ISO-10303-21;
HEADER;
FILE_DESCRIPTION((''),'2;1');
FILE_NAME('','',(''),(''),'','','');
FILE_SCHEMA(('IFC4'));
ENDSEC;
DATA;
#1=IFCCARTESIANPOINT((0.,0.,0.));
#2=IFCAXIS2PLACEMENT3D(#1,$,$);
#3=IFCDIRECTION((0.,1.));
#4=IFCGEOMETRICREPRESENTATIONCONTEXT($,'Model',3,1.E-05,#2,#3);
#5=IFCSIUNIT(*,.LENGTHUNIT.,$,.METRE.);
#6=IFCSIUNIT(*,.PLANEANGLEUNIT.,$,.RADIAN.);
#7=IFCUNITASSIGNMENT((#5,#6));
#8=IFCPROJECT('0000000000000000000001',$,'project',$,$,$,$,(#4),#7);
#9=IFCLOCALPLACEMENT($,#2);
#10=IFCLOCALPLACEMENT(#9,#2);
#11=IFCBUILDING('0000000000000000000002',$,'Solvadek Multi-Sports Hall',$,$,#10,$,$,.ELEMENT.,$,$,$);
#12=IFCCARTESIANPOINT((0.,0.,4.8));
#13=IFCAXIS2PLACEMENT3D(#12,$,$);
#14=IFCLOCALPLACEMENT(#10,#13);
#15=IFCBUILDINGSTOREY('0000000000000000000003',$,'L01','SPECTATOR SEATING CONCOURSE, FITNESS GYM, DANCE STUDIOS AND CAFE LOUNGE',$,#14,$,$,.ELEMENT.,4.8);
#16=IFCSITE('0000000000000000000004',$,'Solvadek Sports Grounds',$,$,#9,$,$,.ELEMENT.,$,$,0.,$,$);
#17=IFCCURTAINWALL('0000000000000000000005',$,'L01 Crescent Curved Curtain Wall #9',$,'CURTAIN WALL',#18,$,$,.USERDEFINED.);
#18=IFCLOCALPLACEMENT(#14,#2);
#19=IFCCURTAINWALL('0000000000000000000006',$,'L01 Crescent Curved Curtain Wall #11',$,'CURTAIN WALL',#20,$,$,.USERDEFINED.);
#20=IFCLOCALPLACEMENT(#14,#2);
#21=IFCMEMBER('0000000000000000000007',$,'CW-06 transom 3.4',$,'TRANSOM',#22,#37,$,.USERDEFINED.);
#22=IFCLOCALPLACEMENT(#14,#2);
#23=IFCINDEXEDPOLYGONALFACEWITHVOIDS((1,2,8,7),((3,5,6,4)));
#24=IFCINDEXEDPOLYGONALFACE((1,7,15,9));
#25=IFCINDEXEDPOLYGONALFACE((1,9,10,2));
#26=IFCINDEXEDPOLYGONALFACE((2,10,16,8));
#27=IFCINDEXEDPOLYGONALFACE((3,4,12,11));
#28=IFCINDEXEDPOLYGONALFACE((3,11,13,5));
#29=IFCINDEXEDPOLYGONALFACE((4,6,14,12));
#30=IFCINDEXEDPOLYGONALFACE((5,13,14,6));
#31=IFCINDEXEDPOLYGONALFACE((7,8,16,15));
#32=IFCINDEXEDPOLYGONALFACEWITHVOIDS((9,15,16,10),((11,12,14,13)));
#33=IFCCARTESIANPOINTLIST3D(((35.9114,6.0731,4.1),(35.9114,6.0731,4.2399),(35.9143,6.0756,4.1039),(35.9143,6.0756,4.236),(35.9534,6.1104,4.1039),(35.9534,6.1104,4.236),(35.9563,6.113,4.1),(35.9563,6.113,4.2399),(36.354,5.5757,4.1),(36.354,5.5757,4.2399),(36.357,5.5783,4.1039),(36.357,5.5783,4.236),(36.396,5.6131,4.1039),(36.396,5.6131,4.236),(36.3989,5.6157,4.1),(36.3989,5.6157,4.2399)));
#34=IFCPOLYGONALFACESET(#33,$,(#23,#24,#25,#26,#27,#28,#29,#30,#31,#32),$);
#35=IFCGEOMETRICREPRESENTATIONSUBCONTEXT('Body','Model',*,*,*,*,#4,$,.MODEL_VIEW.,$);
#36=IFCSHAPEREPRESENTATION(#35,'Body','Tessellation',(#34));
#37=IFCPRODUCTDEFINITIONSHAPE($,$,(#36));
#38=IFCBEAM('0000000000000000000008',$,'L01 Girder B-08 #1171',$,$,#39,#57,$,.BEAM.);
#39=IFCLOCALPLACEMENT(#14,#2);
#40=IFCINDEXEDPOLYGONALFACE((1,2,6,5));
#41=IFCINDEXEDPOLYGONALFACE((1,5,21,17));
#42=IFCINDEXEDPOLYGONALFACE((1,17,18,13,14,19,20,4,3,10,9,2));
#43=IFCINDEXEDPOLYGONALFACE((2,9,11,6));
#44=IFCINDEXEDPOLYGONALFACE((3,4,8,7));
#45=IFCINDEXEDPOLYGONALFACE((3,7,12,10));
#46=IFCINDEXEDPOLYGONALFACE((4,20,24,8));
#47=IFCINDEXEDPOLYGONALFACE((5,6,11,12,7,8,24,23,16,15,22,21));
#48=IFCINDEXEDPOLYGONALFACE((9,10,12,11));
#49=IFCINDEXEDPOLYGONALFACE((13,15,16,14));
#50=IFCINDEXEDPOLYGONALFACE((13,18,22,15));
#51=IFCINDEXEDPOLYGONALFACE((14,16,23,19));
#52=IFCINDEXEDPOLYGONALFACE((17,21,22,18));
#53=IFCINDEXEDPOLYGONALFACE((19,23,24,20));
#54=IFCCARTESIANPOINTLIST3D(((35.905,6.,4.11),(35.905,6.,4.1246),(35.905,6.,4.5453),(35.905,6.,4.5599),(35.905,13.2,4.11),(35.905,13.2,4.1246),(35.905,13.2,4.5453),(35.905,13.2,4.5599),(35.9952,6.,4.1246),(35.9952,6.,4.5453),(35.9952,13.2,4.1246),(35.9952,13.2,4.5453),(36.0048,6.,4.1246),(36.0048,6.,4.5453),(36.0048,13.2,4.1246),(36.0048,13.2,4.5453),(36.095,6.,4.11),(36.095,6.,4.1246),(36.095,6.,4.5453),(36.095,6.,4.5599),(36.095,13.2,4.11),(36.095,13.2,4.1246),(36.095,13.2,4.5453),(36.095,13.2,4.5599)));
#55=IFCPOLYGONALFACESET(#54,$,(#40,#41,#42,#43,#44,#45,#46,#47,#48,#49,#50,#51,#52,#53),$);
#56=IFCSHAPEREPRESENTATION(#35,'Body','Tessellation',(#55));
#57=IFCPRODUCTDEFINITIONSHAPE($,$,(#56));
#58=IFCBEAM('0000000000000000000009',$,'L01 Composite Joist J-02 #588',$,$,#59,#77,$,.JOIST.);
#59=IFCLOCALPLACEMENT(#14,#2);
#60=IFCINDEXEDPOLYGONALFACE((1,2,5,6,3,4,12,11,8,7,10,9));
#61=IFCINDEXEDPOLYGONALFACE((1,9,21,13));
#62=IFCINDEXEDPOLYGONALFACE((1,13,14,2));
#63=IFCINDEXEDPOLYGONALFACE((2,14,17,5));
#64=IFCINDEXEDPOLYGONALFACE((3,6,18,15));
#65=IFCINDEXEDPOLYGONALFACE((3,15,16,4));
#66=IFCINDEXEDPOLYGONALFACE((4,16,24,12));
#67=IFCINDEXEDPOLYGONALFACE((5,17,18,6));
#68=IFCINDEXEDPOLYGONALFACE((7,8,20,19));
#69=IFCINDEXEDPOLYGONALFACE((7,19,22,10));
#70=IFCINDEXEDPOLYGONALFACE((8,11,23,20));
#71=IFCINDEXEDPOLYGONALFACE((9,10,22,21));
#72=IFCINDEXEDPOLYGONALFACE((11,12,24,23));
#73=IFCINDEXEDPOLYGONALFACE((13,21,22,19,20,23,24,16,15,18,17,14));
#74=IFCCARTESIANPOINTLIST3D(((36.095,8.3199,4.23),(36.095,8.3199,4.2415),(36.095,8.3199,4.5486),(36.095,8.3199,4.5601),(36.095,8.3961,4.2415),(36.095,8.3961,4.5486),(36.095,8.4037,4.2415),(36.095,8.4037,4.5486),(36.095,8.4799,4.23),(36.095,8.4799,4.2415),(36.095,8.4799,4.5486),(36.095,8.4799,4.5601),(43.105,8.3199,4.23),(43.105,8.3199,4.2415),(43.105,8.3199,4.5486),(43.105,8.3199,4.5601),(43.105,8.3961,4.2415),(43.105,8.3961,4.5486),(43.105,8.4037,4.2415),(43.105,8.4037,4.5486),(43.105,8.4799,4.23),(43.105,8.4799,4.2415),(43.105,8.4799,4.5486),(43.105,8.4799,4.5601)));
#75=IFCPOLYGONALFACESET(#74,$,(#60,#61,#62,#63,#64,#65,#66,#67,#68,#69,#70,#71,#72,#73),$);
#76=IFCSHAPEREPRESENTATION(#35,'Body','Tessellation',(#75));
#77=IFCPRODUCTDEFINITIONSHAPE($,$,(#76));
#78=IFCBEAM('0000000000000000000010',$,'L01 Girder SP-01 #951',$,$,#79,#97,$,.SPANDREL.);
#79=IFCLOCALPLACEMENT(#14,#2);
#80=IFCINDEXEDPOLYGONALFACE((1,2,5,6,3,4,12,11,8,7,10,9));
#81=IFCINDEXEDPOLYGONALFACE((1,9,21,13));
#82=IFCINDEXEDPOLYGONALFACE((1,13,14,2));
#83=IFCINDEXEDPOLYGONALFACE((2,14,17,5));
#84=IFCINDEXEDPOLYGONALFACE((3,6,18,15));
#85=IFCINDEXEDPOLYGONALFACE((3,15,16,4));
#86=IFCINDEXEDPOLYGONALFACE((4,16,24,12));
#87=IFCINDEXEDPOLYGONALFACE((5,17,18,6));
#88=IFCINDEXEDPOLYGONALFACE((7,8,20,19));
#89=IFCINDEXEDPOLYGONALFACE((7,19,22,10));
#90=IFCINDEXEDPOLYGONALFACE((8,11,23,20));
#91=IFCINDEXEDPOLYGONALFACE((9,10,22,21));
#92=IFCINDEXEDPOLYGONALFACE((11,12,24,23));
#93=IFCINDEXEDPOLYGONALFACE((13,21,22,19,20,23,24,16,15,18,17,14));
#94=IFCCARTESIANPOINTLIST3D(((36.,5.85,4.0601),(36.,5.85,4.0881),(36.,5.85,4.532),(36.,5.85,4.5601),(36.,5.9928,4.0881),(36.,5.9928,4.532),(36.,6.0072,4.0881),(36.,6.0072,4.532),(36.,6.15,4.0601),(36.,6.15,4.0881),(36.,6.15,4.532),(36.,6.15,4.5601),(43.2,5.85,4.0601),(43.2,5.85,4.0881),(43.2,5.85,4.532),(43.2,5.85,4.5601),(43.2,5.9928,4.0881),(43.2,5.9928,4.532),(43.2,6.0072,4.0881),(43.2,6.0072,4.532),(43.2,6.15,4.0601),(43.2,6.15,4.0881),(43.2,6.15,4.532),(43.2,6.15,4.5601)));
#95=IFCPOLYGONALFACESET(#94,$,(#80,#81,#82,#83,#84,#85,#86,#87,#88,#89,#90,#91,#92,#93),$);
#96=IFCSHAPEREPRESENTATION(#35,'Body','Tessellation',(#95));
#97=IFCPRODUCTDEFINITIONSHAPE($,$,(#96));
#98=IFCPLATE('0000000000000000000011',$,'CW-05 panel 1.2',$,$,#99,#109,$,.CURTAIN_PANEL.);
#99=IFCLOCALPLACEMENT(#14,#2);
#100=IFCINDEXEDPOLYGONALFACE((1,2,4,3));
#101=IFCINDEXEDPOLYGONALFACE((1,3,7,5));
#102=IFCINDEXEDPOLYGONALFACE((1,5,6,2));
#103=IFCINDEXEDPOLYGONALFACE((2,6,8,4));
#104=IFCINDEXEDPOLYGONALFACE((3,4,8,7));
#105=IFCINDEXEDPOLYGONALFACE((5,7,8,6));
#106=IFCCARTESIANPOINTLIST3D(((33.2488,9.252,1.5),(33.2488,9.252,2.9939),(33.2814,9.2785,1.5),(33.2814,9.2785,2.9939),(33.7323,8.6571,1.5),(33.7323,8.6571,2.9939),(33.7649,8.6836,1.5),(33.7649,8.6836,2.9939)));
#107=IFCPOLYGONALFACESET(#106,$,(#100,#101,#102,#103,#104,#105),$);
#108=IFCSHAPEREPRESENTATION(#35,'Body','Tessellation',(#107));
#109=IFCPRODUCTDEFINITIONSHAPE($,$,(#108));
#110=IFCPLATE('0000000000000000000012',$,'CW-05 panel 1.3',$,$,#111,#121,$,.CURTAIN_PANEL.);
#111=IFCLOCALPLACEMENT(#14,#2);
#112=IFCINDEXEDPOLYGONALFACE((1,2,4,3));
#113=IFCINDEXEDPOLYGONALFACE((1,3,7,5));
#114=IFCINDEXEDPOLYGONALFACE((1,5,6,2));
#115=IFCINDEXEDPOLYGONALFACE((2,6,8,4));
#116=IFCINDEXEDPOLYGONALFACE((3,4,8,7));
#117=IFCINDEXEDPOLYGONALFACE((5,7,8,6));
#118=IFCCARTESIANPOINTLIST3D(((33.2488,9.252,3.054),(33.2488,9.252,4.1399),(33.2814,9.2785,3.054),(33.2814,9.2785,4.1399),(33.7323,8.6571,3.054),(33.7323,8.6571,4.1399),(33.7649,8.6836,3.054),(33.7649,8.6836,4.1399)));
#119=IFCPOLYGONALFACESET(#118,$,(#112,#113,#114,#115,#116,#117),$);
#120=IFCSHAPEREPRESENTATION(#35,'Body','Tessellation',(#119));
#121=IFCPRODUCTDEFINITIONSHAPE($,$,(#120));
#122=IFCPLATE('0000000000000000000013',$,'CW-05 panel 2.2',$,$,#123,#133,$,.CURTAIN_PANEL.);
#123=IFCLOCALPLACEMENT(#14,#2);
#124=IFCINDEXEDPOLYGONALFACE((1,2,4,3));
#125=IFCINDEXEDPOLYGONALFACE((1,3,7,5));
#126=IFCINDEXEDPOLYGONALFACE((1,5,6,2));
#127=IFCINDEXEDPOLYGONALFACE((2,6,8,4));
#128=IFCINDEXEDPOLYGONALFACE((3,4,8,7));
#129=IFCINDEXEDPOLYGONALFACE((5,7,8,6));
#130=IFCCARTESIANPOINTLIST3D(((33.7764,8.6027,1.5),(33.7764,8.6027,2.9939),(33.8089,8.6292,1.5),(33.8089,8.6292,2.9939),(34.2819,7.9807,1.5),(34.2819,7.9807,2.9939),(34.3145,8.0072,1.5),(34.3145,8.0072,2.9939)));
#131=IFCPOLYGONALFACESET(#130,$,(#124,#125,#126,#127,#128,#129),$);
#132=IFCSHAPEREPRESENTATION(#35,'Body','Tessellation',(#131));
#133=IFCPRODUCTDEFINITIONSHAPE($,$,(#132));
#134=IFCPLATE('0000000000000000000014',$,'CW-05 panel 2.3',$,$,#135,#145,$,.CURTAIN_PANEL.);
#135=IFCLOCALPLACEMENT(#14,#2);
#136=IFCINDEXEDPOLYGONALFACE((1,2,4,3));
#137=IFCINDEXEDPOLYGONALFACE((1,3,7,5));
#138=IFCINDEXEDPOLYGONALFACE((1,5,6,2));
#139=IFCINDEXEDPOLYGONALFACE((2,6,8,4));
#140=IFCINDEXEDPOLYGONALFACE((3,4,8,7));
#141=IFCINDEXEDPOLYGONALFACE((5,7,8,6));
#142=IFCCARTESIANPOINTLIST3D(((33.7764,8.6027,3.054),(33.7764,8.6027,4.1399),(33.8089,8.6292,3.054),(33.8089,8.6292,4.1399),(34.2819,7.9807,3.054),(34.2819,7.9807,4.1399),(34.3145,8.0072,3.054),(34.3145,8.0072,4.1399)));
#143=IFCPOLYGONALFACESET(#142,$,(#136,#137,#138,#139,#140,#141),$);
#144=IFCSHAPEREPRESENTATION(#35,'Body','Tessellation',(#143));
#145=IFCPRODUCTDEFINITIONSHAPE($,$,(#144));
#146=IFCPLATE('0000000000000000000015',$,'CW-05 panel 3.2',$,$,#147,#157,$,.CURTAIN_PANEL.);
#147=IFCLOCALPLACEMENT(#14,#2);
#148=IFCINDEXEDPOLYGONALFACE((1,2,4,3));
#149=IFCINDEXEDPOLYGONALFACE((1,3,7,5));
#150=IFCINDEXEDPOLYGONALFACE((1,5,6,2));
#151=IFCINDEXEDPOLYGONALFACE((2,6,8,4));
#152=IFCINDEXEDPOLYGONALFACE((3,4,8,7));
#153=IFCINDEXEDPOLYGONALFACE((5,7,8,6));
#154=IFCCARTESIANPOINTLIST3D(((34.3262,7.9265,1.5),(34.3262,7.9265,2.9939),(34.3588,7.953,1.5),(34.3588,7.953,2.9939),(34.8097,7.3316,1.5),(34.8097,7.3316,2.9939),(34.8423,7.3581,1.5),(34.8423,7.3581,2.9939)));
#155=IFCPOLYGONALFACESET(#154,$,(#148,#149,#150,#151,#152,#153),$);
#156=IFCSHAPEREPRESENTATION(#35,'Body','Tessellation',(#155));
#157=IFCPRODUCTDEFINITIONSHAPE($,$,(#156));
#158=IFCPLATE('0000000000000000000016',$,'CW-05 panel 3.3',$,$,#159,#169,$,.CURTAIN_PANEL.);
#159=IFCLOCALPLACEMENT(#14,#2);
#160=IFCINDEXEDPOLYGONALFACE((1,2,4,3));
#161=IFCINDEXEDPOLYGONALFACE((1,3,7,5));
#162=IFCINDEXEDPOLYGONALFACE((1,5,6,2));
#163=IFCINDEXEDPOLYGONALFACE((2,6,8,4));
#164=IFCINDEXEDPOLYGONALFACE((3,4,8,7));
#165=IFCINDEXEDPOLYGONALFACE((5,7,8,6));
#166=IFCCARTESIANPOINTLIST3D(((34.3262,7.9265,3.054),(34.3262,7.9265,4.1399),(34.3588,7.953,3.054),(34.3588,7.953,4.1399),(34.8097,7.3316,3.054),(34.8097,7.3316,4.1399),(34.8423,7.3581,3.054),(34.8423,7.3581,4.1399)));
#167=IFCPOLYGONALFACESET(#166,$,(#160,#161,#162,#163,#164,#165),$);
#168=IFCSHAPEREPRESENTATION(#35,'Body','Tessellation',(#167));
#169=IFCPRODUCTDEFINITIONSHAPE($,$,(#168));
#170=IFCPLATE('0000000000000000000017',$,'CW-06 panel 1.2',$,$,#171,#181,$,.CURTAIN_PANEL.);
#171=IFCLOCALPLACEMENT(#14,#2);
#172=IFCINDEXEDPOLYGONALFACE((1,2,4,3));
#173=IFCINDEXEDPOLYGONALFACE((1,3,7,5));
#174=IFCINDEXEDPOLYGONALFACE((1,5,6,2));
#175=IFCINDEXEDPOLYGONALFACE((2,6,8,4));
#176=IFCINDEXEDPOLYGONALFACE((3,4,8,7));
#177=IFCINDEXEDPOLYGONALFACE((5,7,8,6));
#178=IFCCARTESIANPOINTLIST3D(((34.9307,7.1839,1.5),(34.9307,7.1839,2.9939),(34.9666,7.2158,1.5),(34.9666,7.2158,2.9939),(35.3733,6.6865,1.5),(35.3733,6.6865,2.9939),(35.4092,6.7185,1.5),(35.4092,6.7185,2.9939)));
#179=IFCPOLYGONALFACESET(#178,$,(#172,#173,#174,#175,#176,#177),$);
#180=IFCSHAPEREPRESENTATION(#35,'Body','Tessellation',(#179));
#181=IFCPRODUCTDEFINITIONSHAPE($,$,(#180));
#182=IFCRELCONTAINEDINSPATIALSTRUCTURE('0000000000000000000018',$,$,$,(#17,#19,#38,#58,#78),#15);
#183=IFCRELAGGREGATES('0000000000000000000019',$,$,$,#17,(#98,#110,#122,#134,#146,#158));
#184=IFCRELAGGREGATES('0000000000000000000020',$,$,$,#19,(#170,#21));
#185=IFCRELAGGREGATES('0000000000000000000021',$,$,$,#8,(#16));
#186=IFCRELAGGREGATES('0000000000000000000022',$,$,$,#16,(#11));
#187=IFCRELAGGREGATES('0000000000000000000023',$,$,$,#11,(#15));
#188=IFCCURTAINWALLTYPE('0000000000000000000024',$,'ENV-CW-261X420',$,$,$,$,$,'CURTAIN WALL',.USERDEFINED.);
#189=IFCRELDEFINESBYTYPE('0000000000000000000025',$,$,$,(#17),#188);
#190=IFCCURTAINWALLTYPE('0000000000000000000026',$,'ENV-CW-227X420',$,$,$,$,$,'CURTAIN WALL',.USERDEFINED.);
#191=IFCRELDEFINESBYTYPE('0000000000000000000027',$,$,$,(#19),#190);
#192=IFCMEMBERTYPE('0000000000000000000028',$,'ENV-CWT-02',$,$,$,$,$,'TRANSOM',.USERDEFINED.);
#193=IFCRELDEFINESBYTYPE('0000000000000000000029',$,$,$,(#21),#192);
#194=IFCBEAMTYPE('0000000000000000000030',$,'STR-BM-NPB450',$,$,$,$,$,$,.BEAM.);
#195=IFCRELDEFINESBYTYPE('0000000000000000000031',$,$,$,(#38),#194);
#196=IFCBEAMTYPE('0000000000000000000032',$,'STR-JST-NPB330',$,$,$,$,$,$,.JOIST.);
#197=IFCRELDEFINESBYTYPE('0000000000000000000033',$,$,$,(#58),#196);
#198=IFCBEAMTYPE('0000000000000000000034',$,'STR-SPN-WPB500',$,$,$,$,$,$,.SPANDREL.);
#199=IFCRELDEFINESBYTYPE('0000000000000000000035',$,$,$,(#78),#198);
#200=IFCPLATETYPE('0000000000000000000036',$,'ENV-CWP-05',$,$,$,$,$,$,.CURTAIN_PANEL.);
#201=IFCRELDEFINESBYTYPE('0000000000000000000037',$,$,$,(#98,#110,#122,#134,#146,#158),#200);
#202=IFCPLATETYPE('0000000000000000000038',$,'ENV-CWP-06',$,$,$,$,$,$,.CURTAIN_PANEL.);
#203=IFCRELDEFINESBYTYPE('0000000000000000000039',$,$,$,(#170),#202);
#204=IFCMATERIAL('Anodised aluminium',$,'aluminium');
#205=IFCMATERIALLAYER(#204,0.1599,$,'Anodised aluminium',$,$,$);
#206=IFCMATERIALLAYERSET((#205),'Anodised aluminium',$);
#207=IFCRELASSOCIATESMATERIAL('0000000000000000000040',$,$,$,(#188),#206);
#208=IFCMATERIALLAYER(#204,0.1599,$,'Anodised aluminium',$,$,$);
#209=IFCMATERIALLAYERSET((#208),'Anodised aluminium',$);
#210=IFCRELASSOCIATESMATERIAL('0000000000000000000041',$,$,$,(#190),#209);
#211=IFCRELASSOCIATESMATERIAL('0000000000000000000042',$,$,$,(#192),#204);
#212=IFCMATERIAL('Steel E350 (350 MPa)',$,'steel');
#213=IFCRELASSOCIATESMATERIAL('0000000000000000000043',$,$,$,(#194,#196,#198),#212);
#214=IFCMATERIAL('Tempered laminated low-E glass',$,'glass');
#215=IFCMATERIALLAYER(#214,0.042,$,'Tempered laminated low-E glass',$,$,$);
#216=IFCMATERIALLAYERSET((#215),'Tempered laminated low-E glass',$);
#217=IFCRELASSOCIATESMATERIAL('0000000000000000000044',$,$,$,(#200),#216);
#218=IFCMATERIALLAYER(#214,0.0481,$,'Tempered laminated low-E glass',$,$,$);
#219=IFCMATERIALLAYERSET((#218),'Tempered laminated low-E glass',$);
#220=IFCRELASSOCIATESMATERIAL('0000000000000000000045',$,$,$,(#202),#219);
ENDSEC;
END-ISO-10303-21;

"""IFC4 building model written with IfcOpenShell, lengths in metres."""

from ifc_helpers import new_model, si_unit, direction, frame, origin, origin_2d, place, context, subcontext, project, spatial, rectangle, hollow_rectangle, i_section, extrude, material, layer, layer_set, material_profile, profile_set, type_object, element, aggregate, save


model = new_model("IFC4")

# Units and contexts
model_context = context("Model", 3, precision=1e-05, world=origin(), true_north=direction((0.0, 1.0)))
body_context = subcontext(model_context, "Body", "Model", "MODEL_VIEW")
ifc_project = project(units=[si_unit("LENGTHUNIT", "METRE"), si_unit("PLANEANGLEUNIT", "RADIAN")], contexts=[model_context])

# Site, building, storey
site_placement = place(None, origin())
site = spatial("IfcSite", under=ifc_project, at=site_placement, Name="Solvadek Sports Grounds", CompositionType="ELEMENT", RefElevation=0.0)
building_placement = place(site_placement, origin())
building = spatial("IfcBuilding", under=site, at=building_placement, Name="Solvadek Multi-Sports Hall", CompositionType="ELEMENT")
storey_placement = place(building_placement, frame((0.0, 0.0, 4.8)))
storey = spatial("IfcBuildingStorey", under=building, at=storey_placement, Name="L01", Description="SPECTATOR SEATING CONCOURSE, FITNESS GYM, DANCE STUDIOS AND CAFE LOUNGE", CompositionType="ELEMENT", Elevation=4.8)

# Curtain walls, member
ifc_material_1 = material(Name="Anodised aluminium", Category="aluminium")
ifc_layer_1 = layer(ifc_material_1, 0.1599, Name="Anodised aluminium")
ifc_layer_set_1 = layer_set([ifc_layer_1], Name="Anodised aluminium")
curtain_wall_type_1 = type_object("IfcCurtainWallType", Name="ENV-CW-261X420", ElementType="CURTAIN WALL", PredefinedType="USERDEFINED", material=ifc_layer_set_1)
curtain_wall_1_placement = place(storey_placement, origin())
curtain_wall_1 = element("IfcCurtainWall", 1, at=curtain_wall_1_placement, inside=storey, type_object=curtain_wall_type_1, Name="L01 Crescent Curved Curtain Wall #9", ObjectType="CURTAIN WALL", PredefinedType="USERDEFINED")
ifc_layer_2 = layer(ifc_material_1, 0.1599, Name="Anodised aluminium")
ifc_layer_set_2 = layer_set([ifc_layer_2], Name="Anodised aluminium")
curtain_wall_type_2 = type_object("IfcCurtainWallType", Name="ENV-CW-227X420", ElementType="CURTAIN WALL", PredefinedType="USERDEFINED", material=ifc_layer_set_2)
curtain_wall_2_placement = place(storey_placement, origin())
curtain_wall_2 = element("IfcCurtainWall", 2, at=curtain_wall_2_placement, inside=storey, type_object=curtain_wall_type_2, Name="L01 Crescent Curved Curtain Wall #11", ObjectType="CURTAIN WALL", PredefinedType="USERDEFINED")
ifc_material_profile_1 = material_profile(ifc_material_1, hollow_rectangle(XDim=0.0601, YDim=0.1399, WallThickness=0.0039, at=origin_2d()), Name="ALU-T 140x60x4")
ifc_profile_set_1 = profile_set([ifc_material_profile_1], Name="Anodised aluminium")
member_type_1 = type_object("IfcMemberType", Name="ENV-CWT-02", ElementType="TRANSOM", PredefinedType="USERDEFINED", material=ifc_profile_set_1)
member_1_placement = place(storey_placement, frame((35.9338, 6.093, 4.1699), z_axis=(0.664842, -0.746984, 0.0), x_axis=(0.746984, 0.664842, 0.0)))
member_1 = element("IfcMember", 3, at=member_1_placement, type_object=member_type_1, Name="CW-06 transom 3.4", ObjectType="TRANSOM", PredefinedType="USERDEFINED", context=body_context, shape_type="SweptSolid", body=[
    extrude(hollow_rectangle(XDim=0.0601, YDim=0.1399, WallThickness=0.0039, at=origin_2d()), origin(), (0.0, 0.0, 1.0), 0.6658),
])

# Beams
ifc_material_2 = material(Name="Steel E350 (350 MPa)", Category="steel")
ifc_material_profile_2 = material_profile(ifc_material_2, i_section(OverallWidth=0.1899, OverallDepth=0.45, WebThickness=0.0095, FlangeThickness=0.0146, at=origin_2d()), Name="NPB 450")
ifc_profile_set_2 = profile_set([ifc_material_profile_2], Name="Steel E350 (350 MPa)")
beam_type_1 = type_object("IfcBeamType", Name="STR-BM-NPB450", PredefinedType="BEAM", material=ifc_profile_set_2)
beam_1_placement = place(storey_placement, frame((36.0, 6.0, 4.335), z_axis=(0.0, 1.0, 0.0), x_axis=(-1.0, 0.0, 0.0)))
element("IfcBeam", 4, at=beam_1_placement, inside=storey, type_object=beam_type_1, Name="L01 Girder B-08 #1171", PredefinedType="BEAM", context=body_context, shape_type="SweptSolid", body=[
    extrude(i_section(OverallWidth=0.1899, OverallDepth=0.45, WebThickness=0.0095, FlangeThickness=0.0146, at=origin_2d()), origin(), (0.0, 0.0, 1.0), 7.2),
])
ifc_material_profile_3 = material_profile(ifc_material_2, i_section(OverallWidth=0.1599, OverallDepth=0.3301, WebThickness=0.0076, FlangeThickness=0.0115, at=origin_2d()), Name="NPB 330")
ifc_profile_set_3 = profile_set([ifc_material_profile_3], Name="Steel E350 (350 MPa)")
beam_type_2 = type_object("IfcBeamType", Name="STR-JST-NPB330", PredefinedType="JOIST", material=ifc_profile_set_3)
beam_2_placement = place(storey_placement, frame((36.095, 8.3999, 4.395), z_axis=(1.0, 0.0, 0.0), x_axis=(0.0, 1.0, 0.0)))
element("IfcBeam", 5, at=beam_2_placement, inside=storey, type_object=beam_type_2, Name="L01 Composite Joist J-02 #588", PredefinedType="JOIST", context=body_context, shape_type="SweptSolid", body=[
    extrude(i_section(OverallWidth=0.1599, OverallDepth=0.3301, WebThickness=0.0076, FlangeThickness=0.0115, at=origin_2d()), origin(), (0.0, 0.0, 1.0), 7.01),
])
ifc_material_profile_4 = material_profile(ifc_material_2, i_section(OverallWidth=0.3, OverallDepth=0.5, WebThickness=0.0144, FlangeThickness=0.0281, at=origin_2d()), Name="WPB 500")
ifc_profile_set_4 = profile_set([ifc_material_profile_4], Name="Steel E350 (350 MPa)")
beam_type_3 = type_object("IfcBeamType", Name="STR-SPN-WPB500", PredefinedType="SPANDREL", material=ifc_profile_set_4)
beam_3_placement = place(storey_placement, frame((36.0, 6.0, 4.3101), z_axis=(1.0, 0.0, 0.0), x_axis=(0.0, 1.0, 0.0)))
element("IfcBeam", 6, at=beam_3_placement, inside=storey, type_object=beam_type_3, Name="L01 Girder SP-01 #951", PredefinedType="SPANDREL", context=body_context, shape_type="SweptSolid", body=[
    extrude(i_section(OverallWidth=0.3, OverallDepth=0.5, WebThickness=0.0144, FlangeThickness=0.0281, at=origin_2d()), origin(), (0.0, 0.0, 1.0), 7.2),
])

# Plates
ifc_material_3 = material(Name="Tempered laminated low-E glass", Category="glass")
ifc_layer_3 = layer(ifc_material_3, 0.042, Name="Tempered laminated low-E glass")
ifc_layer_set_3 = layer_set([ifc_layer_3], Name="Tempered laminated low-E glass")
plate_type_1 = type_object("IfcPlateType", Name="ENV-CWP-05", PredefinedType="CURTAIN_PANEL", material=ifc_layer_set_3)
plate_1_placement = place(storey_placement, frame((33.5068, 8.9678, 1.5), z_axis=(0.0, 0.0, 1.0), x_axis=(0.630693, -0.776032, 0.0)))
plate_1 = element("IfcPlate", 7, at=plate_1_placement, type_object=plate_type_1, Name="CW-05 panel 1.2", PredefinedType="CURTAIN_PANEL", context=body_context, shape_type="SweptSolid", body=[
    extrude(rectangle(XDim=0.7666, YDim=0.042, at=origin_2d()), origin(), (0.0, 0.0, 1.0), 1.4939),
])
plate_2_placement = place(storey_placement, frame((33.5068, 8.9678, 3.054), z_axis=(0.0, 0.0, 1.0), x_axis=(0.630693, -0.776032, 0.0)))
plate_2 = element("IfcPlate", 8, at=plate_2_placement, type_object=plate_type_1, Name="CW-05 panel 1.3", PredefinedType="CURTAIN_PANEL", context=body_context, shape_type="SweptSolid", body=[
    extrude(rectangle(XDim=0.7666, YDim=0.042, at=origin_2d()), origin(), (0.0, 0.0, 1.0), 1.0859),
])
plate_3_placement = place(storey_placement, frame((34.0454, 8.3049, 1.5), z_axis=(0.0, 0.0, 1.0), x_axis=(0.630693, -0.776032, 0.0)))
plate_3 = element("IfcPlate", 9, at=plate_3_placement, type_object=plate_type_1, Name="CW-05 panel 2.2", PredefinedType="CURTAIN_PANEL", context=body_context, shape_type="SweptSolid", body=[
    extrude(rectangle(XDim=0.8015, YDim=0.042, at=origin_2d()), origin(), (0.0, 0.0, 1.0), 1.4939),
])
plate_4_placement = place(storey_placement, frame((34.0454, 8.3049, 3.054), z_axis=(0.0, 0.0, 1.0), x_axis=(0.630693, -0.776032, 0.0)))
plate_4 = element("IfcPlate", 10, at=plate_4_placement, type_object=plate_type_1, Name="CW-05 panel 2.3", PredefinedType="CURTAIN_PANEL", context=body_context, shape_type="SweptSolid", body=[
    extrude(rectangle(XDim=0.8015, YDim=0.042, at=origin_2d()), origin(), (0.0, 0.0, 1.0), 1.0859),
])
plate_5_placement = place(storey_placement, frame((34.5842, 7.6423, 1.5), z_axis=(0.0, 0.0, 1.0), x_axis=(0.630693, -0.776032, 0.0)))
plate_5 = element("IfcPlate", 11, at=plate_5_placement, type_object=plate_type_1, Name="CW-05 panel 3.2", PredefinedType="CURTAIN_PANEL", context=body_context, shape_type="SweptSolid", body=[
    extrude(rectangle(XDim=0.7666, YDim=0.042, at=origin_2d()), origin(), (0.0, 0.0, 1.0), 1.4939),
])
plate_6_placement = place(storey_placement, frame((34.5842, 7.6423, 3.054), z_axis=(0.0, 0.0, 1.0), x_axis=(0.630693, -0.776032, 0.0)))
plate_6 = element("IfcPlate", 12, at=plate_6_placement, type_object=plate_type_1, Name="CW-05 panel 3.3", PredefinedType="CURTAIN_PANEL", context=body_context, shape_type="SweptSolid", body=[
    extrude(rectangle(XDim=0.7666, YDim=0.042, at=origin_2d()), origin(), (0.0, 0.0, 1.0), 1.0859),
])
aggregate(curtain_wall_1, [plate_1, plate_2, plate_3, plate_4, plate_5, plate_6])
ifc_layer_4 = layer(ifc_material_3, 0.0481, Name="Tempered laminated low-E glass")
ifc_layer_set_4 = layer_set([ifc_layer_4], Name="Tempered laminated low-E glass")
plate_type_2 = type_object("IfcPlateType", Name="ENV-CWP-06", PredefinedType="CURTAIN_PANEL", material=ifc_layer_set_4)
plate_7_placement = place(storey_placement, frame((35.1699, 6.9512, 1.5), z_axis=(0.0, 0.0, 1.0), x_axis=(0.664788, -0.747032, 0.0)))
plate_7 = element("IfcPlate", 13, at=plate_7_placement, type_object=plate_type_2, Name="CW-06 panel 1.2", PredefinedType="CURTAIN_PANEL", context=body_context, shape_type="SweptSolid", body=[
    extrude(rectangle(XDim=0.6658, YDim=0.0481, at=origin_2d()), origin(), (0.0, 0.0, 1.0), 1.4939),
])
aggregate(curtain_wall_2, [plate_7, member_1])

save(model, "model.ifc")
